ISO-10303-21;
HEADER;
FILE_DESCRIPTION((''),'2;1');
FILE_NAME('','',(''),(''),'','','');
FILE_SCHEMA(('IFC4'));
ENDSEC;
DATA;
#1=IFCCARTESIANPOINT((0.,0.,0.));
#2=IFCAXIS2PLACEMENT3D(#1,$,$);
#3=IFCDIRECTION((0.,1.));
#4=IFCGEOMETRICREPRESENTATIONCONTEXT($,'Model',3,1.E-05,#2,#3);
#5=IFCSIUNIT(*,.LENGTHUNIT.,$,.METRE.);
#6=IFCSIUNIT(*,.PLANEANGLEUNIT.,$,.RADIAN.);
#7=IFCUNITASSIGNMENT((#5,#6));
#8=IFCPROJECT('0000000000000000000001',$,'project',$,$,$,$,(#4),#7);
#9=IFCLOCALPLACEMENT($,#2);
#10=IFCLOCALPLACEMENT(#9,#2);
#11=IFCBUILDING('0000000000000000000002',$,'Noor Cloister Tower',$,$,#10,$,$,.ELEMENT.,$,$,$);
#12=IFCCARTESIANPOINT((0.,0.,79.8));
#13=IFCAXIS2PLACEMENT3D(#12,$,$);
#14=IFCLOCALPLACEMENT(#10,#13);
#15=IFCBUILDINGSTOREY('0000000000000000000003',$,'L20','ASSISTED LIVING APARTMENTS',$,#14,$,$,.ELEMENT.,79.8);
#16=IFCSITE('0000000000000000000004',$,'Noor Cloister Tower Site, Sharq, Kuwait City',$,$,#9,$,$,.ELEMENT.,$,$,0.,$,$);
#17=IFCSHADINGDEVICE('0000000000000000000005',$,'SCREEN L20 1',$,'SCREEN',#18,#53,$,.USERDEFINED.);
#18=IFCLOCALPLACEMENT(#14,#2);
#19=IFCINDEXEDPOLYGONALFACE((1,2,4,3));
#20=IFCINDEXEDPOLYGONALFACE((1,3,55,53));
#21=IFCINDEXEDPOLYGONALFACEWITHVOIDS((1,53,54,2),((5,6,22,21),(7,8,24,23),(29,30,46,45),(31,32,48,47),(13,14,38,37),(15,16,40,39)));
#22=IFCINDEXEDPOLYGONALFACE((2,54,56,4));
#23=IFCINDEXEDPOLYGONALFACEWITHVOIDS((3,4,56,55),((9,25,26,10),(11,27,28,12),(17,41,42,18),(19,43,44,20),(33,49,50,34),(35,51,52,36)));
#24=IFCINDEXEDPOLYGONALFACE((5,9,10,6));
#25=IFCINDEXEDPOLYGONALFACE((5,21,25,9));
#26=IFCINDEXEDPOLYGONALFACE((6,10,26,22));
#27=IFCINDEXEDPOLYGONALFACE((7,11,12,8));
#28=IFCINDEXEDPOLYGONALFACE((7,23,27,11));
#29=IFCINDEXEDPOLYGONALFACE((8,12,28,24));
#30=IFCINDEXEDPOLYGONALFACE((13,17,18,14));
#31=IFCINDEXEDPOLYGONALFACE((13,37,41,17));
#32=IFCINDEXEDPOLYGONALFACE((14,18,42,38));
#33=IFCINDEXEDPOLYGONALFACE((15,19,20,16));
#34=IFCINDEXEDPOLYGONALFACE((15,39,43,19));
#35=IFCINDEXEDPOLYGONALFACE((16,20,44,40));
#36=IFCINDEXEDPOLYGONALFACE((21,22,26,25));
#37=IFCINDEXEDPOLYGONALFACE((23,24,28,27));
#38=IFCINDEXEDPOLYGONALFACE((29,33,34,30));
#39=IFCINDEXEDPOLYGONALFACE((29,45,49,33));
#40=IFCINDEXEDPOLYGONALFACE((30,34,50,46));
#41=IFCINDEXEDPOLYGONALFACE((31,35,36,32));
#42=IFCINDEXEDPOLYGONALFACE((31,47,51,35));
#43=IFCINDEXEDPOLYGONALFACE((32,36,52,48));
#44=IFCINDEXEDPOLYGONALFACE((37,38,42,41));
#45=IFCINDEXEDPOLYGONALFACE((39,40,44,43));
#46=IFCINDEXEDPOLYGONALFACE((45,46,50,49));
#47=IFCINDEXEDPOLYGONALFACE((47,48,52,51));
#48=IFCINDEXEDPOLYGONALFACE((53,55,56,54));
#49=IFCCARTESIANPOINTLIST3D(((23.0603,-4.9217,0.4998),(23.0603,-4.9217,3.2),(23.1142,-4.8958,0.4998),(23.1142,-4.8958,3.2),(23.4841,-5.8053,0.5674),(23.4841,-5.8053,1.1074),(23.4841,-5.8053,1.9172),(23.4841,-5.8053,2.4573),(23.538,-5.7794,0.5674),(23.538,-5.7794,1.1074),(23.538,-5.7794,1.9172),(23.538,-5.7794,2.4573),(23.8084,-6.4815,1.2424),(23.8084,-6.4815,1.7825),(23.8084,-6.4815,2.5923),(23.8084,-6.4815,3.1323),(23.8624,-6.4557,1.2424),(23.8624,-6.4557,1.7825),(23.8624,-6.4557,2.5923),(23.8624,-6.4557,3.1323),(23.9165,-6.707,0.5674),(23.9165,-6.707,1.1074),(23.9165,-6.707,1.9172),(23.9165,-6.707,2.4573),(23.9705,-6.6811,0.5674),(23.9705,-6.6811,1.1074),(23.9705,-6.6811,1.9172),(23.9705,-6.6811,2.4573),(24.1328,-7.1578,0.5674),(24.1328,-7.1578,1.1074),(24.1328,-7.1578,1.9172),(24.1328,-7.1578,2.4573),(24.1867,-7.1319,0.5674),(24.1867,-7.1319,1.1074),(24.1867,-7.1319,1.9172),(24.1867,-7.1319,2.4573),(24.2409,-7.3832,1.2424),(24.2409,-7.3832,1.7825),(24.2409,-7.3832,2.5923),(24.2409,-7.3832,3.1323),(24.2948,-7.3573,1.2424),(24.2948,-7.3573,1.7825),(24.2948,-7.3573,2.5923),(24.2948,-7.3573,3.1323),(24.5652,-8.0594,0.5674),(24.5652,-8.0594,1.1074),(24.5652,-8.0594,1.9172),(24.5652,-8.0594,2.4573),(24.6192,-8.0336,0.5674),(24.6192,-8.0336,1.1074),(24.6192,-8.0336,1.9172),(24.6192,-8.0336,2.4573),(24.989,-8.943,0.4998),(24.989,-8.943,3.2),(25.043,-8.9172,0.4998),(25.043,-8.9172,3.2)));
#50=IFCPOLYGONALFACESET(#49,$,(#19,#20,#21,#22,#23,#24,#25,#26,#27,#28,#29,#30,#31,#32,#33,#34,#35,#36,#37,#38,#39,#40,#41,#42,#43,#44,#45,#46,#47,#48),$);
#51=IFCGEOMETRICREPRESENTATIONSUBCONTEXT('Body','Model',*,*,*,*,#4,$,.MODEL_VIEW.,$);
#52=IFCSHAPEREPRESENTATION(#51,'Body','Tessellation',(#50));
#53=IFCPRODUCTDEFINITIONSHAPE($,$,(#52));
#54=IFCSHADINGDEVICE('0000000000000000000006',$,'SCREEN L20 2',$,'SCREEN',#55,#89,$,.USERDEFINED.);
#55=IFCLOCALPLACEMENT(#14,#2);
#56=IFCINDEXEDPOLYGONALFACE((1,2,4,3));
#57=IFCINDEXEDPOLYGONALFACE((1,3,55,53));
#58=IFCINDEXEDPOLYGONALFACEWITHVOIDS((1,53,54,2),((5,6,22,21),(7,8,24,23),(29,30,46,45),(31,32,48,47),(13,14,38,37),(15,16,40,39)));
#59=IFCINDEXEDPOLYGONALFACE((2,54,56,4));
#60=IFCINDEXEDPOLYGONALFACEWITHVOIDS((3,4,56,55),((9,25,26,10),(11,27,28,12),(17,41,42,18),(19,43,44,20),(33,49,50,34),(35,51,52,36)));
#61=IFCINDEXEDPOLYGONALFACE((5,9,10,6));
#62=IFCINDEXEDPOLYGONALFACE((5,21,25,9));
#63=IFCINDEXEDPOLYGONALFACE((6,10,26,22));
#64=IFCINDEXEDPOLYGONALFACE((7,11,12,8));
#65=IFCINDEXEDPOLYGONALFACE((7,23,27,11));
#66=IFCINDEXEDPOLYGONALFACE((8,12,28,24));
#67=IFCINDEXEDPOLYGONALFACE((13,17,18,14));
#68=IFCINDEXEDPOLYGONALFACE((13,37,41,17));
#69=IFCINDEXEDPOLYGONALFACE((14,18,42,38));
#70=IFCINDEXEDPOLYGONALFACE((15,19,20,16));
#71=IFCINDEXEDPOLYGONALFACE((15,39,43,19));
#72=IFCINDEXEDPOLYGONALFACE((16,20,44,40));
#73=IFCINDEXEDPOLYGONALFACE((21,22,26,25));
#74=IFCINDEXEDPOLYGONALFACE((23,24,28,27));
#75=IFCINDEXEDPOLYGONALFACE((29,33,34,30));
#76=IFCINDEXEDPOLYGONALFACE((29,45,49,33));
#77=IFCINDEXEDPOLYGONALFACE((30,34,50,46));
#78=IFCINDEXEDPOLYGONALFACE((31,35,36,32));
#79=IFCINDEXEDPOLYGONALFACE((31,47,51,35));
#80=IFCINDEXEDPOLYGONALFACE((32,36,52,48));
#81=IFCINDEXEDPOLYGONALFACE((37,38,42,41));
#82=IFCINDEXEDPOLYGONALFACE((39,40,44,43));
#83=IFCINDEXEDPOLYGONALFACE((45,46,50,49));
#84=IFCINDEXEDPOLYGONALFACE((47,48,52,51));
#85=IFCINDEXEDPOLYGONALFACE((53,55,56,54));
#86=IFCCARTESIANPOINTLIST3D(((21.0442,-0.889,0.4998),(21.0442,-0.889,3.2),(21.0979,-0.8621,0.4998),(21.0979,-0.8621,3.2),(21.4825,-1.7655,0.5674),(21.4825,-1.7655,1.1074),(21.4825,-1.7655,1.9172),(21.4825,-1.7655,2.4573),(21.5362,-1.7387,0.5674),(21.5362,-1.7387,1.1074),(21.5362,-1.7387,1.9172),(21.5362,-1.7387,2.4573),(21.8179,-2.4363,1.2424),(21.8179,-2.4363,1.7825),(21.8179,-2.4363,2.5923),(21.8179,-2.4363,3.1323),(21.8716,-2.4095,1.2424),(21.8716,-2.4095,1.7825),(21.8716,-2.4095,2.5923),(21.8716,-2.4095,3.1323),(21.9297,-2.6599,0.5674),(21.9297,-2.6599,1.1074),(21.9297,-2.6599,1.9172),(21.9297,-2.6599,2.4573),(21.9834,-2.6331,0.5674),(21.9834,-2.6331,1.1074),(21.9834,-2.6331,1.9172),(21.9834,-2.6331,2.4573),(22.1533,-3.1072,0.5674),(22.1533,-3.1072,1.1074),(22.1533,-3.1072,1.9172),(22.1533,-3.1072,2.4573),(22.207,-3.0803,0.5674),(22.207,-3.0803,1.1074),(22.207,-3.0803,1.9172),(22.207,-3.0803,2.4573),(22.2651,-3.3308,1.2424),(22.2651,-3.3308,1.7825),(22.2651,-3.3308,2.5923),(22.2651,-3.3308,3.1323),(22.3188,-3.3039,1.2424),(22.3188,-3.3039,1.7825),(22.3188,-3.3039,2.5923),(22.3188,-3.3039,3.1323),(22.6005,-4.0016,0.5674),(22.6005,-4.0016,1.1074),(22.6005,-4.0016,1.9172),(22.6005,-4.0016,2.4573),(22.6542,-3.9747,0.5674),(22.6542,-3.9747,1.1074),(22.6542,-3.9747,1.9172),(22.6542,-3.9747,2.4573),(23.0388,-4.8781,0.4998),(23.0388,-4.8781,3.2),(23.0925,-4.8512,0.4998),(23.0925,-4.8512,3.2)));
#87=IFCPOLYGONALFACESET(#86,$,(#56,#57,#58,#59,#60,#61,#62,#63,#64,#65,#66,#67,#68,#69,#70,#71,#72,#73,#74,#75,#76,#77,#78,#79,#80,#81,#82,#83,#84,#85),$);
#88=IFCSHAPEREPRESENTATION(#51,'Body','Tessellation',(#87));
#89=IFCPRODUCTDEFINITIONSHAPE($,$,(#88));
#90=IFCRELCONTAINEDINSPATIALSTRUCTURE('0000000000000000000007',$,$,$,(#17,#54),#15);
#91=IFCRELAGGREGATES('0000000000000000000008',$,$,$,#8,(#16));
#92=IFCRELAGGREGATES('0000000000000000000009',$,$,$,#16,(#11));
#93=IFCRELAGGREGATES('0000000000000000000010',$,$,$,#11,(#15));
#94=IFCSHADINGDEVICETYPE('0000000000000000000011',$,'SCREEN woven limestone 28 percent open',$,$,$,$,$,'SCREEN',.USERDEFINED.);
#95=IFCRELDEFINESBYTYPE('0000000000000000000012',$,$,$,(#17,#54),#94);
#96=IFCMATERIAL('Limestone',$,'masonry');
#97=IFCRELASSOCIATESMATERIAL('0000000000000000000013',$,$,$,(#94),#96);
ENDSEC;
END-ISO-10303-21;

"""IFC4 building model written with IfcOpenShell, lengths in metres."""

from ifc_helpers import new_model, si_unit, direction, frame, origin, place, context, subcontext, project, spatial, polyline, outline, extrude, material, material_profile, profile_set, type_object, element, save


model = new_model("IFC4")

# Units and contexts
model_context = context("Model", 3, precision=1e-05, world=origin(), true_north=direction((0.0, 1.0)))
body_context = subcontext(model_context, "Body", "Model", "MODEL_VIEW")
ifc_project = project(units=[si_unit("LENGTHUNIT", "METRE"), si_unit("PLANEANGLEUNIT", "RADIAN")], contexts=[model_context])

# Site, building, storey
site_placement = place(None, origin())
site = spatial("IfcSite", under=ifc_project, at=site_placement, Name="Noor Cloister Tower Site, Sharq, Kuwait City", CompositionType="ELEMENT", RefElevation=0.0)
building_placement = place(site_placement, origin())
building = spatial("IfcBuilding", under=site, at=building_placement, Name="Noor Cloister Tower", CompositionType="ELEMENT")
storey_placement = place(building_placement, frame((0.0, 0.0, 79.8)))
storey = spatial("IfcBuildingStorey", under=building, at=storey_placement, Name="L20", Description="ASSISTED LIVING APARTMENTS", CompositionType="ELEMENT", Elevation=79.8)

# Shading devices
ifc_material_1 = material(Name="Limestone", Category="masonry")
ifc_material_profile_1 = material_profile(ifc_material_1, outline(polyline([(-2.23, -1.3501), (2.23, -1.3501), (2.23, 1.3501), (-2.23, 1.3501), (-2.23, -1.3501)]), holes=[polyline([(-1.25, -1.2825), (-0.25, -1.2825), (-0.25, -0.7424), (-1.25, -0.7424), (-1.25, -1.2825)]), polyline([(0.25, -1.2825), (1.25, -1.2825), (1.25, -0.7424), (0.25, -0.7424), (0.25, -1.2825)]), polyline([(-0.5, -0.6074), (0.5, -0.6074), (0.5, -0.0674), (-0.5, -0.0674), (-0.5, -0.6074)]), polyline([(-1.25, 0.0674), (-0.25, 0.0674), (-0.25, 0.6074), (-1.25, 0.6074), (-1.25, 0.0674)]), polyline([(0.25, 0.0674), (1.25, 0.0674), (1.25, 0.6074), (0.25, 0.6074), (0.25, 0.0674)]), polyline([(-0.5, 0.7424), (0.5, 0.7424), (0.5, 1.2825), (-0.5, 1.2825), (-0.5, 0.7424)])]), Name="Woven screen 28 percent open")
ifc_profile_set_1 = profile_set([ifc_material_profile_1], Name="Limestone")
shading_device_type = type_object("IfcShadingDeviceType", Name="SCREEN woven limestone 28 percent open", ElementType="SCREEN", PredefinedType="USERDEFINED", material=ifc_profile_set_1)
shading_device_1_placement = place(storey_placement, frame((24.0247, -6.9324, 1.8499), z_axis=(0.90165, 0.432466, 0.0), x_axis=(-0.432466, 0.90165, 0.0)))
element("IfcShadingDevice", 1, at=shading_device_1_placement, inside=storey, type_object=shading_device_type, Name="SCREEN L20 1", ObjectType="SCREEN", PredefinedType="USERDEFINED", context=body_context, shape_type="SweptSolid", body=[
    extrude(outline(polyline([(-2.23, -1.3501), (2.23, -1.3501), (2.23, 1.3501), (-2.23, 1.3501), (-2.23, -1.3501)]), holes=[polyline([(-1.25, -1.2825), (-0.25, -1.2825), (-0.25, -0.7424), (-1.25, -0.7424), (-1.25, -1.2825)]), polyline([(0.25, -1.2825), (1.25, -1.2825), (1.25, -0.7424), (0.25, -0.7424), (0.25, -1.2825)]), polyline([(-0.5, -0.6074), (0.5, -0.6074), (0.5, -0.0674), (-0.5, -0.0674), (-0.5, -0.6074)]), polyline([(-1.25, 0.0674), (-0.25, 0.0674), (-0.25, 0.6074), (-1.25, 0.6074), (-1.25, 0.0674)]), polyline([(0.25, 0.0674), (1.25, 0.0674), (1.25, 0.6074), (0.25, 0.6074), (0.25, 0.0674)]), polyline([(-0.5, 0.7424), (0.5, 0.7424), (0.5, 1.2825), (-0.5, 1.2825), (-0.5, 0.7424)])]), origin(), (0.0, 0.0, 1.0), 0.0598),
])
shading_device_2_placement = place(storey_placement, frame((22.0415, -2.8835, 1.8499), z_axis=(0.894427, 0.447214, 0.0), x_axis=(-0.447214, 0.894427, 0.0)))
element("IfcShadingDevice", 2, at=shading_device_2_placement, inside=storey, type_object=shading_device_type, Name="SCREEN L20 2", ObjectType="SCREEN", PredefinedType="USERDEFINED", context=body_context, shape_type="SweptSolid", body=[
    extrude(outline(polyline([(-2.23, -1.3501), (2.23, -1.3501), (2.23, 1.3501), (-2.23, 1.3501), (-2.23, -1.3501)]), holes=[polyline([(-1.25, -1.2825), (-0.25, -1.2825), (-0.25, -0.7424), (-1.25, -0.7424), (-1.25, -1.2825)]), polyline([(0.25, -1.2825), (1.25, -1.2825), (1.25, -0.7424), (0.25, -0.7424), (0.25, -1.2825)]), polyline([(-0.5, -0.6074), (0.5, -0.6074), (0.5, -0.0674), (-0.5, -0.0674), (-0.5, -0.6074)]), polyline([(-1.25, 0.0674), (-0.25, 0.0674), (-0.25, 0.6074), (-1.25, 0.6074), (-1.25, 0.0674)]), polyline([(0.25, 0.0674), (1.25, 0.0674), (1.25, 0.6074), (0.25, 0.6074), (0.25, 0.0674)]), polyline([(-0.5, 0.7424), (0.5, 0.7424), (0.5, 1.2825), (-0.5, 1.2825), (-0.5, 0.7424)])]), origin(), (0.0, 0.0, 1.0), 0.0601),
])

save(model, "model.ifc")
